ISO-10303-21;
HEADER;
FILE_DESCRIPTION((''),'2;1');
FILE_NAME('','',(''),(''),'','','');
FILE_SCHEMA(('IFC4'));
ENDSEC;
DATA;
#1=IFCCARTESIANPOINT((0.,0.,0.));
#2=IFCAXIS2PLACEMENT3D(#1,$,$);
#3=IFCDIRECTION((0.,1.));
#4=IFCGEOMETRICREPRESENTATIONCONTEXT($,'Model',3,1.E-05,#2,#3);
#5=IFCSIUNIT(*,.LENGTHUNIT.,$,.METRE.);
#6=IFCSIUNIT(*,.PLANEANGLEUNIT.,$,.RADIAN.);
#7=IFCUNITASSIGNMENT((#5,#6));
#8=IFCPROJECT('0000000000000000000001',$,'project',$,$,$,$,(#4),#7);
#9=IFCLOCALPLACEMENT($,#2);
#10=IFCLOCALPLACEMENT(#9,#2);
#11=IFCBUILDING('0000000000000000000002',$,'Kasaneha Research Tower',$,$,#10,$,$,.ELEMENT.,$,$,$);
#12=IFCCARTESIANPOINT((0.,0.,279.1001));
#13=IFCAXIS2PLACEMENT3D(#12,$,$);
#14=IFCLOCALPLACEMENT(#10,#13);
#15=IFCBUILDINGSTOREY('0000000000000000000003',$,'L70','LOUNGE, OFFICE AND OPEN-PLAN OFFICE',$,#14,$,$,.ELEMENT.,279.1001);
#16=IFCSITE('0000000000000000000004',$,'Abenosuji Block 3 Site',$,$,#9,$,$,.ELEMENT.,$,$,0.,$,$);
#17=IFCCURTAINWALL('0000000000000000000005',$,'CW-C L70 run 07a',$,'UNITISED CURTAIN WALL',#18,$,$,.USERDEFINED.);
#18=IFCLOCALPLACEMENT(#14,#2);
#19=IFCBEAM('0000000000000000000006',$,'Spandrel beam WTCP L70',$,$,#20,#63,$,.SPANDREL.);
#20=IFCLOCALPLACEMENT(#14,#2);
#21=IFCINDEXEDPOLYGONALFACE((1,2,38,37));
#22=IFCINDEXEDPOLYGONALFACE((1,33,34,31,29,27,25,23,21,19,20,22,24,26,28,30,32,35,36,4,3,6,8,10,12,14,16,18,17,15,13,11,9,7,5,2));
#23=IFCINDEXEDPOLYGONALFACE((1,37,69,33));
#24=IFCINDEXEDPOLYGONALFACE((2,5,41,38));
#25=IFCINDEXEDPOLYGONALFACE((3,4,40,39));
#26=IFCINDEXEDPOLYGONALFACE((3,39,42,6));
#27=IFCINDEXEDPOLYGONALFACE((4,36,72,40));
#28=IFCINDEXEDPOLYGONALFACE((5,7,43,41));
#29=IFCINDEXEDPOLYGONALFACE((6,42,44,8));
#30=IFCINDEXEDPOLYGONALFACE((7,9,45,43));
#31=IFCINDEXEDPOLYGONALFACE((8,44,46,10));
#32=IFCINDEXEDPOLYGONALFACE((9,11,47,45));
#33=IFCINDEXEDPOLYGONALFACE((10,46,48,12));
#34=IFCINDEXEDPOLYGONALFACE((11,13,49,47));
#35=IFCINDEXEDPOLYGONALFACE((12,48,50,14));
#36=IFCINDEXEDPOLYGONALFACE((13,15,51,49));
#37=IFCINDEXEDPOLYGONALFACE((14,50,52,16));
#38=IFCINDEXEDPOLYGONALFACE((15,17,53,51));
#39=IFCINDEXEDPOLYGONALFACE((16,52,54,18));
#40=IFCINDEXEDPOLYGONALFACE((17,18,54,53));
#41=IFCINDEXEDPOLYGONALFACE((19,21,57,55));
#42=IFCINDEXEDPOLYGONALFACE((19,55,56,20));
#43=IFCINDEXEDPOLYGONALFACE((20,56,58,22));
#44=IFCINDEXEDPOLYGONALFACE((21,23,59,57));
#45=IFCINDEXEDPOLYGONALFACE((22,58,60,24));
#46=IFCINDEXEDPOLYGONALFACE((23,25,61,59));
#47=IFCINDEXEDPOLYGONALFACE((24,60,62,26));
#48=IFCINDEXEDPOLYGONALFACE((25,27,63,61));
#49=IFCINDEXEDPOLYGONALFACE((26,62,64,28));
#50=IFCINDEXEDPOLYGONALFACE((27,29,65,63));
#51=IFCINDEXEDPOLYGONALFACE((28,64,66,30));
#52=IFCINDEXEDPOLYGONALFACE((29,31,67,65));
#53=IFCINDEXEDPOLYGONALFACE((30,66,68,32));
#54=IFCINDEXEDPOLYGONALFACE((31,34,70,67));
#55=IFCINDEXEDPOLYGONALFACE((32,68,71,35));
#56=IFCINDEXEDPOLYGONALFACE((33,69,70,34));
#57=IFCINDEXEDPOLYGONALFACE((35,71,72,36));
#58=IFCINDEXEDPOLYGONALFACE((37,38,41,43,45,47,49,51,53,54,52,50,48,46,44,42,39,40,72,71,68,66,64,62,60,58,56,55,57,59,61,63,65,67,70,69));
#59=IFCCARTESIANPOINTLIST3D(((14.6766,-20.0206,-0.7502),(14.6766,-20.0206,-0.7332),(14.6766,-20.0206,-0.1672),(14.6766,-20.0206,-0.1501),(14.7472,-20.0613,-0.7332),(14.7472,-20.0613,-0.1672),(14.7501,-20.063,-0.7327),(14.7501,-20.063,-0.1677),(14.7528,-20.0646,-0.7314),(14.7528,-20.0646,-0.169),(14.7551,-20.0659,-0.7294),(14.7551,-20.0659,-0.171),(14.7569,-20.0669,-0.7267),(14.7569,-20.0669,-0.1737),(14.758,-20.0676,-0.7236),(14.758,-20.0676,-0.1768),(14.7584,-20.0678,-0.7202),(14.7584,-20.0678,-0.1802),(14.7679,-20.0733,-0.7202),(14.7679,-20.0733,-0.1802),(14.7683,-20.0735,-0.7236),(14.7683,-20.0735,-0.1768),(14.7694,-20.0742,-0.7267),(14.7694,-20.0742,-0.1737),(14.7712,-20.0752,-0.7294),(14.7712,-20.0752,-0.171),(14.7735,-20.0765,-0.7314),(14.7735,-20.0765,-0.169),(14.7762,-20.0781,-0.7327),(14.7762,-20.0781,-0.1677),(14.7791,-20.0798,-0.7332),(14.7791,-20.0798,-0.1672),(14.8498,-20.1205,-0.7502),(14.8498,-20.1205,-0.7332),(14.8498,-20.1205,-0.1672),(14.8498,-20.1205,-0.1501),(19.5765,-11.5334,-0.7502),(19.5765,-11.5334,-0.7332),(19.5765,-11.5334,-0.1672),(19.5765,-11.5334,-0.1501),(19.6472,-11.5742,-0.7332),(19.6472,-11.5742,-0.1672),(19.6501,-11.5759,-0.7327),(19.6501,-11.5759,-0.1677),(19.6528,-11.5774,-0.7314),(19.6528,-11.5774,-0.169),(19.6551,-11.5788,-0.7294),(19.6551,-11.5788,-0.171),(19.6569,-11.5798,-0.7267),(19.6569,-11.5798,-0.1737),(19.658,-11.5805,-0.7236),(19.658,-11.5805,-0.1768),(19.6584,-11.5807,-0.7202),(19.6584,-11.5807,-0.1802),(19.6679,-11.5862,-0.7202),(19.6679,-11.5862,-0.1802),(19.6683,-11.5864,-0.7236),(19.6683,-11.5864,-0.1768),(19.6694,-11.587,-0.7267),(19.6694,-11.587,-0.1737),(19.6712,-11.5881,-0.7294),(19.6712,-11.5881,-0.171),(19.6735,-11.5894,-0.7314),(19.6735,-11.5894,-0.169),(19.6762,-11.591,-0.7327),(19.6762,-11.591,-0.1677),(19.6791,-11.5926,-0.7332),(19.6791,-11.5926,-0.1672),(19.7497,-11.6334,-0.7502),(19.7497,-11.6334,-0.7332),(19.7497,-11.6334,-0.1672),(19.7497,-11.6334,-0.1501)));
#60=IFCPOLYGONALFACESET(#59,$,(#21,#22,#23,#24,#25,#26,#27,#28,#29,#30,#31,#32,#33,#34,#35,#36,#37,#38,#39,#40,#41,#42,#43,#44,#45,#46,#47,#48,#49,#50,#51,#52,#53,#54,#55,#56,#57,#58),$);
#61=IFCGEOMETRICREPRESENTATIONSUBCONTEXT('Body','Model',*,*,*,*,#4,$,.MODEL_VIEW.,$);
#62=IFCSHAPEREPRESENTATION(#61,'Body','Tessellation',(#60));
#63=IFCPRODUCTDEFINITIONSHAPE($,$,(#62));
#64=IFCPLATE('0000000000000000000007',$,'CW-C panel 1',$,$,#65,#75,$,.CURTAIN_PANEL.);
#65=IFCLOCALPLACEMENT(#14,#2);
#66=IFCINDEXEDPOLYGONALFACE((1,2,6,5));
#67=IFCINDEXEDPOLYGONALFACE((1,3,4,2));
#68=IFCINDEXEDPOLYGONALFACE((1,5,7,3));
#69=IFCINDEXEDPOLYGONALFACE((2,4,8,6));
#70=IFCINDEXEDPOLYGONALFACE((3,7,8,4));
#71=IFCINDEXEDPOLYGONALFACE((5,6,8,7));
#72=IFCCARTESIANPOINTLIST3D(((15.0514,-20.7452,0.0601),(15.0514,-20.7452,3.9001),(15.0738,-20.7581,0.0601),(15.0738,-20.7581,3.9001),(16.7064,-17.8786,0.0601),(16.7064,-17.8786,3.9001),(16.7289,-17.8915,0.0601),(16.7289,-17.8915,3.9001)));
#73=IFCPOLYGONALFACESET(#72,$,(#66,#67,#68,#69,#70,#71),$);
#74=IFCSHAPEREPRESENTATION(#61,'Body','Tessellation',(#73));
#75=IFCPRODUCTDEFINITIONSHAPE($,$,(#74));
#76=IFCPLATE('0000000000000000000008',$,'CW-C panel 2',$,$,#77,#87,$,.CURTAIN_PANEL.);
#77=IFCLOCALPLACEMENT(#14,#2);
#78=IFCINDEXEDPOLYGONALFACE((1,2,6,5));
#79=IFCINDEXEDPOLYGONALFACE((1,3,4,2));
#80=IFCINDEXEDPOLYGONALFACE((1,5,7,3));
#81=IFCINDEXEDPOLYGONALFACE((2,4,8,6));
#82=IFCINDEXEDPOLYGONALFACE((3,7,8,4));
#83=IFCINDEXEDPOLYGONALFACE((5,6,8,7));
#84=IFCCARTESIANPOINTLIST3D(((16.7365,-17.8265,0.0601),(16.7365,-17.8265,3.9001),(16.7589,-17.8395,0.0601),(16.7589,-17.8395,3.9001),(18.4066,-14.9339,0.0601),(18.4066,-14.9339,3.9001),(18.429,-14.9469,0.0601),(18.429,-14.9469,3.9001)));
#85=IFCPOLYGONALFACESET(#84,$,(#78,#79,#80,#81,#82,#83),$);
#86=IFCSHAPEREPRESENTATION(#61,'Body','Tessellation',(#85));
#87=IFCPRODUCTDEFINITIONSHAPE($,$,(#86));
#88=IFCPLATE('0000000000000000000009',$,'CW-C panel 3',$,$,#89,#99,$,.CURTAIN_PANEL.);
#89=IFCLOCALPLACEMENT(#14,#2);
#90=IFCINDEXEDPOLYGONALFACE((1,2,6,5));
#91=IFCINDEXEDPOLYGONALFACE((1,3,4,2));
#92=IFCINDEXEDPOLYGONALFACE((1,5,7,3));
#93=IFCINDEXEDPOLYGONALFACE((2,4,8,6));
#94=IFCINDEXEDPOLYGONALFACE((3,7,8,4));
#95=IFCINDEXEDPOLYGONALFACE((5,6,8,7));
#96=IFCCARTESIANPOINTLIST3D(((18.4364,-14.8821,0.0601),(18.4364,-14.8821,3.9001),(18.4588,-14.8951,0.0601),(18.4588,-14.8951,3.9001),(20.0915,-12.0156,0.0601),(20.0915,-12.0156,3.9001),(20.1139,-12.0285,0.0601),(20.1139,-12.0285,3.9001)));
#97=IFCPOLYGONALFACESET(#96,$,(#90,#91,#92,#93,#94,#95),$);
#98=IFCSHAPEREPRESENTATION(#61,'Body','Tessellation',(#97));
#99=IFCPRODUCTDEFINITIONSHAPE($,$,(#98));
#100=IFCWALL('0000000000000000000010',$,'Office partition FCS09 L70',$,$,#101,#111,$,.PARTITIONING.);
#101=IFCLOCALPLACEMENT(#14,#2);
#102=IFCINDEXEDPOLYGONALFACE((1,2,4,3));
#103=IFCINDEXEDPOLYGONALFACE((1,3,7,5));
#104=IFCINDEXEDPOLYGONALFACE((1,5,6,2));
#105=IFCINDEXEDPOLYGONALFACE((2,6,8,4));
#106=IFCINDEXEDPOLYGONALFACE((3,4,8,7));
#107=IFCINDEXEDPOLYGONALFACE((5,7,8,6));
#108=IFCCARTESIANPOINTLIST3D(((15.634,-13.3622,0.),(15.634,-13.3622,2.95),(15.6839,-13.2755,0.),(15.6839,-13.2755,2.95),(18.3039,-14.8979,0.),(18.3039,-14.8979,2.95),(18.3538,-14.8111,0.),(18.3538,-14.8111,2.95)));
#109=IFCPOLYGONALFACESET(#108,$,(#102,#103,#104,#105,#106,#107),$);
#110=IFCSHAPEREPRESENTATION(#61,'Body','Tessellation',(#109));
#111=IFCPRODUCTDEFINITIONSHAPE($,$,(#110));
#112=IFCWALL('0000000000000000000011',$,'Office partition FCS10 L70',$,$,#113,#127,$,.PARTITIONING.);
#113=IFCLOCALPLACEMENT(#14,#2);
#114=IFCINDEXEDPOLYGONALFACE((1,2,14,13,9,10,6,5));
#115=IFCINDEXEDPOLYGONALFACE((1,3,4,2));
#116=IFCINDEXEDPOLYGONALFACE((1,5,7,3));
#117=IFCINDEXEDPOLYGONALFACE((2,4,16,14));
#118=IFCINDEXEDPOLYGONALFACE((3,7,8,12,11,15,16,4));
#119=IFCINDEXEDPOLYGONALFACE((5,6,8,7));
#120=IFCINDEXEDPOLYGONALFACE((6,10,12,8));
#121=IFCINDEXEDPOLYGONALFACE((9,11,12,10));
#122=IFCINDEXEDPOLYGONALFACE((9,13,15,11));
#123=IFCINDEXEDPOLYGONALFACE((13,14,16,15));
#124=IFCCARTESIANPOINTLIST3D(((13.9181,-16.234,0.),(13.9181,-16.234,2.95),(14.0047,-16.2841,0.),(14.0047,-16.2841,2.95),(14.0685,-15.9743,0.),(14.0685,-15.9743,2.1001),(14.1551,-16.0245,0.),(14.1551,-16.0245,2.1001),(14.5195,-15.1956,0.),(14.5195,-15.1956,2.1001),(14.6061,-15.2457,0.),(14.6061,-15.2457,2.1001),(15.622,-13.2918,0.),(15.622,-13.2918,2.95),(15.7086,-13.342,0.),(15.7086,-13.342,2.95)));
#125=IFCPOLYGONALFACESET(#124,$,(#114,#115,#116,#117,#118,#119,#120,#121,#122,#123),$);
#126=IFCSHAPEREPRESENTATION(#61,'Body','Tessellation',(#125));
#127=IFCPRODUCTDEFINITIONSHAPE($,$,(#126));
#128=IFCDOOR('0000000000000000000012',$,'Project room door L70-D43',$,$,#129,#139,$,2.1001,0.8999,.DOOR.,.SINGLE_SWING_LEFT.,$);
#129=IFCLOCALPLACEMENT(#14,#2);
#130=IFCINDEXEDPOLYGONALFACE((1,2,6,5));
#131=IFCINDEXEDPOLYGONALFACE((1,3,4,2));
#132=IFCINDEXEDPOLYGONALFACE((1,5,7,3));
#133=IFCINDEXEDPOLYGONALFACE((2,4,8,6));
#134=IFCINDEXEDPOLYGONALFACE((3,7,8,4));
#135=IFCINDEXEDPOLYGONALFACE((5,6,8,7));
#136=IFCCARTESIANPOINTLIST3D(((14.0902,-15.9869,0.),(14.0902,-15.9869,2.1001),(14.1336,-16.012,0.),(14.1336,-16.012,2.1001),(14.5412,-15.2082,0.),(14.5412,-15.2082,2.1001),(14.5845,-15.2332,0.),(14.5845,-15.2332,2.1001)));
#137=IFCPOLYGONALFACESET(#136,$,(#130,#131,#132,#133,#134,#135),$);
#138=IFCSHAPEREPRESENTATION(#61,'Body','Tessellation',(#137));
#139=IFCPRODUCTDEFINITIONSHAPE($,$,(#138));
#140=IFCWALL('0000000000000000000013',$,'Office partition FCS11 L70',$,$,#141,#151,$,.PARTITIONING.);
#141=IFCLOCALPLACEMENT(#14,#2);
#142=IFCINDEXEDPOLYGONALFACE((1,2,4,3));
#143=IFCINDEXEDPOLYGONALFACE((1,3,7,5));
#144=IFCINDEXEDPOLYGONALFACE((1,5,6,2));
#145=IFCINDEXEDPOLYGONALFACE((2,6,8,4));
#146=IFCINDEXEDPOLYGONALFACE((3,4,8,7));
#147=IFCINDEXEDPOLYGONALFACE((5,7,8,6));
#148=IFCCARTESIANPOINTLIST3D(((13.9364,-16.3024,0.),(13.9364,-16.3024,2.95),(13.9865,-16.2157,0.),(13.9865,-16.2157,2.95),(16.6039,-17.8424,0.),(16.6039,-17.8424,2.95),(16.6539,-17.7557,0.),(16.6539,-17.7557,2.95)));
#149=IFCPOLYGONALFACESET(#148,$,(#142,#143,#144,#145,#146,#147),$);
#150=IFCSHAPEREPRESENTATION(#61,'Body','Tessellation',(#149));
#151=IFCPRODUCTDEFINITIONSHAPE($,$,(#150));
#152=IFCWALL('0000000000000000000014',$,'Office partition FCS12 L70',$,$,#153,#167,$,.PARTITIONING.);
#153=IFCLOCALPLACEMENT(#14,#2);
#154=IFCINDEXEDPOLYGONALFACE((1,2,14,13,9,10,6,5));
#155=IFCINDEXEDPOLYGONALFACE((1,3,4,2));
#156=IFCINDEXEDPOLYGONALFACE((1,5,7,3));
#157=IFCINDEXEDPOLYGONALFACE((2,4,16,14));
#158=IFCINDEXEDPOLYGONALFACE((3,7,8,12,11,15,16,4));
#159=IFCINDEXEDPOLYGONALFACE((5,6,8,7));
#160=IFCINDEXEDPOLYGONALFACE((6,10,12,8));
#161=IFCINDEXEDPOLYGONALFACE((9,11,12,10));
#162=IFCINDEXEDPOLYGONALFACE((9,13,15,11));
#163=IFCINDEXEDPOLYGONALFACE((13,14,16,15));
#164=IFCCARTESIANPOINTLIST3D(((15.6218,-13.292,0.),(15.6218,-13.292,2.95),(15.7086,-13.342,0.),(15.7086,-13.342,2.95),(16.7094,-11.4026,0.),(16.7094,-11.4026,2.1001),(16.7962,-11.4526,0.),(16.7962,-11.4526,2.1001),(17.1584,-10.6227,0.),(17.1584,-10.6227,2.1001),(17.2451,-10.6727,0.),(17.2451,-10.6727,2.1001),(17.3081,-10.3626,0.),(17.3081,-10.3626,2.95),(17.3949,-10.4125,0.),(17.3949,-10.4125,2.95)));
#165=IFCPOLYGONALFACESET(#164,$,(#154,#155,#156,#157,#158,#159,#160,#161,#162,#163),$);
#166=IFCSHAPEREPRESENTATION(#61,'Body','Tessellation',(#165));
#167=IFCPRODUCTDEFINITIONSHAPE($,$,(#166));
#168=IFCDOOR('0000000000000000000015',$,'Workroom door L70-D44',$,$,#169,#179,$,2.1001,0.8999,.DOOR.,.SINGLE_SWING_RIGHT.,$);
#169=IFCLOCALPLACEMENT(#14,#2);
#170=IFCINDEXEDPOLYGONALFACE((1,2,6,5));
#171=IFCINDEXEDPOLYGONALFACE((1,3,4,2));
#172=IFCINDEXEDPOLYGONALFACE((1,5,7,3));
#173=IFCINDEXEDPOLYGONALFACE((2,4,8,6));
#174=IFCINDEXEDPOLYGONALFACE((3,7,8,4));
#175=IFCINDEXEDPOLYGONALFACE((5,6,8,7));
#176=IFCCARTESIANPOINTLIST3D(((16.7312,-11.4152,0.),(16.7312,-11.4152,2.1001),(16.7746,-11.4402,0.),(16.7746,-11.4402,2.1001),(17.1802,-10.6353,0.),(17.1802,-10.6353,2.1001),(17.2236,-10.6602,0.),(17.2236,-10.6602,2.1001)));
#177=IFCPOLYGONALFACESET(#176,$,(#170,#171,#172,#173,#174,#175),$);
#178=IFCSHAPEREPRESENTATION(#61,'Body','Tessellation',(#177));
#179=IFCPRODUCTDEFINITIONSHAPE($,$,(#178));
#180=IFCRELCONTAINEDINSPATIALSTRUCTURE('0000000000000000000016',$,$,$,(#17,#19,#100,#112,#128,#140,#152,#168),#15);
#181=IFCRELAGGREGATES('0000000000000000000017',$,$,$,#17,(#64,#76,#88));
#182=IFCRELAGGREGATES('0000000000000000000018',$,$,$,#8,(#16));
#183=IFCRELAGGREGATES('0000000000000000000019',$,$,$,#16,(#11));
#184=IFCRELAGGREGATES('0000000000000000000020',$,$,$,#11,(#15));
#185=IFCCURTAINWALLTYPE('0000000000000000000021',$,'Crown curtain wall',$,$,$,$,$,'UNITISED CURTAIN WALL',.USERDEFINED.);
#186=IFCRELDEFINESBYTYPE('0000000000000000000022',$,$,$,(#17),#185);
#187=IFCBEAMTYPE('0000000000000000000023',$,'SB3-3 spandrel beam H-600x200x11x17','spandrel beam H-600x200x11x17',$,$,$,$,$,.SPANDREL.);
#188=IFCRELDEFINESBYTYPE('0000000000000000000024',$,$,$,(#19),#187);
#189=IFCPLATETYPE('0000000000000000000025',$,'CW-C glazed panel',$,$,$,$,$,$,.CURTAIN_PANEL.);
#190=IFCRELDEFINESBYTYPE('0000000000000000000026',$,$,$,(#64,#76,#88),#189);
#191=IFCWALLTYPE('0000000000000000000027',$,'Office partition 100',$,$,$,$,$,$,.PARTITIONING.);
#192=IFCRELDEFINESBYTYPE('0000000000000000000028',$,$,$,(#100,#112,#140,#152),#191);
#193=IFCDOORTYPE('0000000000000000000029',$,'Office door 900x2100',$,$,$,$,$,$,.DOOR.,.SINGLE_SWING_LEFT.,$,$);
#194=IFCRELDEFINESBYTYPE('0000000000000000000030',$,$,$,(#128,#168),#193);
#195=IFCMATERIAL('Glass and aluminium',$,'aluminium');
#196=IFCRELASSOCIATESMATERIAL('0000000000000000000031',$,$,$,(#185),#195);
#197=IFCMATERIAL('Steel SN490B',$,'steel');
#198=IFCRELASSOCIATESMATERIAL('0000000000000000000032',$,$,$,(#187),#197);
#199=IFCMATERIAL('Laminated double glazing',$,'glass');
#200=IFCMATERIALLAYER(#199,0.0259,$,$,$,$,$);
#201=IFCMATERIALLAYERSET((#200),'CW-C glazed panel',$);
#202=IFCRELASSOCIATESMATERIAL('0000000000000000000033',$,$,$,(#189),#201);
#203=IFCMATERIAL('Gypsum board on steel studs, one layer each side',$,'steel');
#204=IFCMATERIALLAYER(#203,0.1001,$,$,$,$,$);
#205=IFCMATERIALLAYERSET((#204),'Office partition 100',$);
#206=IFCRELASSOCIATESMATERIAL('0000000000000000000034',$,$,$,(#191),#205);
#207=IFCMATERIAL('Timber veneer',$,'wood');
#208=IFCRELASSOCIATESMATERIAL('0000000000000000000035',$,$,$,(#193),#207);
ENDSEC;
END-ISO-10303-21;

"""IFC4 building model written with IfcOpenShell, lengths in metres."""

from ifc_helpers import new_model, si_unit, direction, frame, frame_2d, origin, origin_2d, place, context, subcontext, project, spatial, rectangle, i_section, extrude, material, layer, layer_set, material_profile, profile_set, type_object, element, fill, aggregate, save


model = new_model("IFC4")

# Units and contexts
model_context = context("Model", 3, precision=1e-05, world=origin(), true_north=direction((0.0, 1.0)))
body_context = subcontext(model_context, "Body", "Model", "MODEL_VIEW")
ifc_project = project(units=[si_unit("LENGTHUNIT", "METRE"), si_unit("PLANEANGLEUNIT", "RADIAN")], contexts=[model_context])

# Site, building, storey
site_placement = place(None, origin())
site = spatial("IfcSite", under=ifc_project, at=site_placement, Name="Abenosuji Block 3 Site", CompositionType="ELEMENT", RefElevation=0.0)
building_placement = place(site_placement, origin())
building = spatial("IfcBuilding", under=site, at=building_placement, Name="Kasaneha Research Tower", CompositionType="ELEMENT")
storey_placement = place(building_placement, frame((0.0, 0.0, 279.1001)))
storey = spatial("IfcBuildingStorey", under=building, at=storey_placement, Name="L70", Description="LOUNGE, OFFICE AND OPEN-PLAN OFFICE", CompositionType="ELEMENT", Elevation=279.1001)

# Shared definitions
ifc_material_1 = material(Name="Glass and aluminium", Category="aluminium")
curtain_wall_type = type_object("IfcCurtainWallType", Name="Crown curtain wall", ElementType="UNITISED CURTAIN WALL", PredefinedType="USERDEFINED", material=ifc_material_1)

# Curtain wall
curtain_wall_1_placement = place(storey_placement, origin())
curtain_wall_1 = element("IfcCurtainWall", 1, at=curtain_wall_1_placement, inside=storey, type_object=curtain_wall_type, Name="CW-C L70 run 07a", ObjectType="UNITISED CURTAIN WALL", PredefinedType="USERDEFINED")

# Beam
ifc_material_2 = material(Name="Steel SN490B", Category="steel")
ifc_material_profile_1 = material_profile(ifc_material_2, i_section(OverallWidth=0.2, OverallDepth=0.6001, WebThickness=0.011, FlangeThickness=0.0171, FilletRadius=0.0129, at=origin_2d()), Name="H-600x200x11x17")
ifc_profile_set_1 = profile_set([ifc_material_profile_1], Name="Steel SN490B")
beam_type = type_object("IfcBeamType", Name="SB3-3 spandrel beam H-600x200x11x17", Description="spandrel beam H-600x200x11x17", PredefinedType="SPANDREL", material=ifc_profile_set_1)
beam_placement = place(storey_placement, frame((14.7632, -20.0706, -0.4502), z_axis=(0.499992, 0.86603, 0.0), x_axis=(-0.86603, 0.499992, 0.0)))
element("IfcBeam", 2, at=beam_placement, inside=storey, type_object=beam_type, Name="Spandrel beam WTCP L70", PredefinedType="SPANDREL", context=body_context, shape_type="SweptSolid", body=[
    extrude(i_section(OverallWidth=0.2, OverallDepth=0.6001, WebThickness=0.011, FlangeThickness=0.0171, FilletRadius=0.0129, at=origin_2d()), origin(), (0.0, 0.0, 1.0), 9.8),
])

# Plates
ifc_material_3 = material(Name="Laminated double glazing", Category="glass")
ifc_layer_1 = layer(ifc_material_3, 0.0259)
ifc_layer_set_1 = layer_set([ifc_layer_1], Name="CW-C glazed panel")
plate_type = type_object("IfcPlateType", Name="CW-C glazed panel", PredefinedType="CURTAIN_PANEL", material=ifc_layer_set_1)
plate_1_placement = place(storey_placement, frame((15.8901, -19.3184, 0.0601), z_axis=(0.0, 0.0, 1.0), x_axis=(0.5, 0.866025, 0.0)))
plate_1 = element("IfcPlate", 3, at=plate_1_placement, type_object=plate_type, Name="CW-C panel 1", PredefinedType="CURTAIN_PANEL", context=body_context, shape_type="SweptSolid", body=[
    extrude(rectangle(XDim=3.3101, YDim=0.0259, at=origin_2d()), origin(), (0.0, 0.0, 1.0), 3.8401),
])
plate_2_placement = place(storey_placement, frame((17.5828, -16.3867, 0.0601), z_axis=(0.0, 0.0, 1.0), x_axis=(0.5, 0.866025, 0.0)))
plate_2 = element("IfcPlate", 4, at=plate_2_placement, type_object=plate_type, Name="CW-C panel 2", PredefinedType="CURTAIN_PANEL", context=body_context, shape_type="SweptSolid", body=[
    extrude(rectangle(XDim=3.3401, YDim=0.0259, at=origin_2d()), origin(), (0.0, 0.0, 1.0), 3.8401),
])
plate_3_placement = place(storey_placement, frame((19.2751, -13.4553, 0.0601), z_axis=(0.0, 0.0, 1.0), x_axis=(0.5, 0.866025, 0.0)))
plate_3 = element("IfcPlate", 5, at=plate_3_placement, type_object=plate_type, Name="CW-C panel 3", PredefinedType="CURTAIN_PANEL", context=body_context, shape_type="SweptSolid", body=[
    extrude(rectangle(XDim=3.3101, YDim=0.0259, at=origin_2d()), origin(), (0.0, 0.0, 1.0), 3.8401),
])
aggregate(curtain_wall_1, [plate_1, plate_2, plate_3])

# Wall
ifc_material_4 = material(Name="Gypsum board on steel studs, one layer each side", Category="steel")
ifc_layer_2 = layer(ifc_material_4, 0.1001)
ifc_layer_set_2 = layer_set([ifc_layer_2], Name="Office partition 100")
wall_type = type_object("IfcWallType", Name="Office partition 100", PredefinedType="PARTITIONING", material=ifc_layer_set_2)
wall_1_placement = place(storey_placement, frame((15.6589, -13.3188, 0.0), z_axis=(0.0, 0.0, 1.0), x_axis=(0.866845, -0.498578, 0.0)))
element("IfcWall", 6, at=wall_1_placement, inside=storey, type_object=wall_type, Name="Office partition FCS09 L70", PredefinedType="PARTITIONING", context=body_context, shape_type="SweptSolid", body=[
    extrude(rectangle(XDim=3.0801, YDim=0.1001, at=frame_2d((1.54, 0.0))), origin(), (0.0, 0.0, 1.0), 2.95),
])

# Wall, opening, door
wall_2_placement = place(storey_placement, frame((13.9614, -16.259, 0.0), z_axis=(0.0, 0.0, 1.0), x_axis=(0.501149, 0.865361, 0.0)))
wall_2 = element("IfcWall", 7, at=wall_2_placement, inside=storey, type_object=wall_type, Name="Office partition FCS10 L70", PredefinedType="PARTITIONING", context=body_context, shape_type="SweptSolid", body=[
    extrude(rectangle(XDim=3.3999, YDim=0.1001, at=frame_2d((1.7, 0.0))), origin(), (0.0, 0.0, 1.0), 2.95),
])
opening_1_placement = place(wall_2_placement, frame((0.3, 0.0, 0.0)))
opening_1 = element("IfcOpeningElement", 8, at=opening_1_placement, cuts=wall_2, PredefinedType="OPENING", context=body_context, shape_type="SweptSolid", body=[
    extrude(rectangle(XDim=0.8999, YDim=2.1001, at=frame_2d((0.45, 1.05))), frame((0.0, 0.0601, 0.0), z_axis=(0.0, -1.0, 0.0), x_axis=(1.0, 0.0, 0.0)), (0.0, 0.0, 1.0), 0.1201),
])
ifc_material_5 = material(Name="Timber veneer", Category="wood")
door_type = type_object("IfcDoorType", Name="Office door 900x2100", OperationType="SINGLE_SWING_LEFT", PredefinedType="DOOR", material=ifc_material_5)
door_1_placement = place(opening_1_placement, origin())
door_1 = element("IfcDoor", 9, at=door_1_placement, inside=storey, type_object=door_type, Name="Project room door L70-D43", OperationType="SINGLE_SWING_LEFT", OverallHeight=2.1001, OverallWidth=0.8999, PredefinedType="DOOR", context=body_context, shape_type="SweptSolid", body=[
    extrude(rectangle(XDim=0.8999, YDim=2.1001, at=frame_2d((0.45, 1.05))), frame((0.0, 0.0249, 0.0), z_axis=(0.0, -1.0, 0.0), x_axis=(1.0, 0.0, 0.0)), (0.0, 0.0, 1.0), 0.05),
])
fill(opening_1, door_1)

# Wall
wall_3_placement = place(storey_placement, frame((16.6289, -17.7991, 0.0), z_axis=(0.0, 0.0, 1.0), x_axis=(-0.86603, 0.499992, 0.0)))
element("IfcWall", 10, at=wall_3_placement, inside=storey, type_object=wall_type, Name="Office partition FCS11 L70", PredefinedType="PARTITIONING", context=body_context, shape_type="SweptSolid", body=[
    extrude(rectangle(XDim=3.0801, YDim=0.1001, at=frame_2d((1.54, 0.0))), origin(), (0.0, 0.0, 1.0), 2.95),
])

# Wall, opening, door
wall_4_placement = place(storey_placement, frame((15.6653, -13.3169, 0.0), z_axis=(0.0, 0.0, 1.0), x_axis=(0.498882, 0.86667, 0.0)))
wall_4 = element("IfcWall", 11, at=wall_4_placement, inside=storey, type_object=wall_type, Name="Office partition FCS12 L70", PredefinedType="PARTITIONING", context=body_context, shape_type="SweptSolid", body=[
    extrude(rectangle(XDim=3.3801, YDim=0.1001, at=frame_2d((1.6899, 0.0))), origin(), (0.0, 0.0, 1.0), 2.95),
])
opening_2_placement = place(wall_4_placement, frame((2.1799, 0.0, 0.0)))
opening_2 = element("IfcOpeningElement", 12, at=opening_2_placement, cuts=wall_4, PredefinedType="OPENING", context=body_context, shape_type="SweptSolid", body=[
    extrude(rectangle(XDim=0.8999, YDim=2.1001, at=frame_2d((0.45, 1.05))), frame((0.0, 0.0601, 0.0), z_axis=(0.0, -1.0, 0.0), x_axis=(1.0, 0.0, 0.0)), (0.0, 0.0, 1.0), 0.1201),
])
door_2_placement = place(opening_2_placement, origin())
door_2 = element("IfcDoor", 13, at=door_2_placement, inside=storey, type_object=door_type, Name="Workroom door L70-D44", OperationType="SINGLE_SWING_RIGHT", OverallHeight=2.1001, OverallWidth=0.8999, PredefinedType="DOOR", context=body_context, shape_type="SweptSolid", body=[
    extrude(rectangle(XDim=0.8999, YDim=2.1001, at=frame_2d((0.45, 1.05))), frame((0.0, 0.0249, 0.0), z_axis=(0.0, -1.0, 0.0), x_axis=(1.0, 0.0, 0.0)), (0.0, 0.0, 1.0), 0.05),
])
fill(opening_2, door_2)

save(model, "model.ifc")
